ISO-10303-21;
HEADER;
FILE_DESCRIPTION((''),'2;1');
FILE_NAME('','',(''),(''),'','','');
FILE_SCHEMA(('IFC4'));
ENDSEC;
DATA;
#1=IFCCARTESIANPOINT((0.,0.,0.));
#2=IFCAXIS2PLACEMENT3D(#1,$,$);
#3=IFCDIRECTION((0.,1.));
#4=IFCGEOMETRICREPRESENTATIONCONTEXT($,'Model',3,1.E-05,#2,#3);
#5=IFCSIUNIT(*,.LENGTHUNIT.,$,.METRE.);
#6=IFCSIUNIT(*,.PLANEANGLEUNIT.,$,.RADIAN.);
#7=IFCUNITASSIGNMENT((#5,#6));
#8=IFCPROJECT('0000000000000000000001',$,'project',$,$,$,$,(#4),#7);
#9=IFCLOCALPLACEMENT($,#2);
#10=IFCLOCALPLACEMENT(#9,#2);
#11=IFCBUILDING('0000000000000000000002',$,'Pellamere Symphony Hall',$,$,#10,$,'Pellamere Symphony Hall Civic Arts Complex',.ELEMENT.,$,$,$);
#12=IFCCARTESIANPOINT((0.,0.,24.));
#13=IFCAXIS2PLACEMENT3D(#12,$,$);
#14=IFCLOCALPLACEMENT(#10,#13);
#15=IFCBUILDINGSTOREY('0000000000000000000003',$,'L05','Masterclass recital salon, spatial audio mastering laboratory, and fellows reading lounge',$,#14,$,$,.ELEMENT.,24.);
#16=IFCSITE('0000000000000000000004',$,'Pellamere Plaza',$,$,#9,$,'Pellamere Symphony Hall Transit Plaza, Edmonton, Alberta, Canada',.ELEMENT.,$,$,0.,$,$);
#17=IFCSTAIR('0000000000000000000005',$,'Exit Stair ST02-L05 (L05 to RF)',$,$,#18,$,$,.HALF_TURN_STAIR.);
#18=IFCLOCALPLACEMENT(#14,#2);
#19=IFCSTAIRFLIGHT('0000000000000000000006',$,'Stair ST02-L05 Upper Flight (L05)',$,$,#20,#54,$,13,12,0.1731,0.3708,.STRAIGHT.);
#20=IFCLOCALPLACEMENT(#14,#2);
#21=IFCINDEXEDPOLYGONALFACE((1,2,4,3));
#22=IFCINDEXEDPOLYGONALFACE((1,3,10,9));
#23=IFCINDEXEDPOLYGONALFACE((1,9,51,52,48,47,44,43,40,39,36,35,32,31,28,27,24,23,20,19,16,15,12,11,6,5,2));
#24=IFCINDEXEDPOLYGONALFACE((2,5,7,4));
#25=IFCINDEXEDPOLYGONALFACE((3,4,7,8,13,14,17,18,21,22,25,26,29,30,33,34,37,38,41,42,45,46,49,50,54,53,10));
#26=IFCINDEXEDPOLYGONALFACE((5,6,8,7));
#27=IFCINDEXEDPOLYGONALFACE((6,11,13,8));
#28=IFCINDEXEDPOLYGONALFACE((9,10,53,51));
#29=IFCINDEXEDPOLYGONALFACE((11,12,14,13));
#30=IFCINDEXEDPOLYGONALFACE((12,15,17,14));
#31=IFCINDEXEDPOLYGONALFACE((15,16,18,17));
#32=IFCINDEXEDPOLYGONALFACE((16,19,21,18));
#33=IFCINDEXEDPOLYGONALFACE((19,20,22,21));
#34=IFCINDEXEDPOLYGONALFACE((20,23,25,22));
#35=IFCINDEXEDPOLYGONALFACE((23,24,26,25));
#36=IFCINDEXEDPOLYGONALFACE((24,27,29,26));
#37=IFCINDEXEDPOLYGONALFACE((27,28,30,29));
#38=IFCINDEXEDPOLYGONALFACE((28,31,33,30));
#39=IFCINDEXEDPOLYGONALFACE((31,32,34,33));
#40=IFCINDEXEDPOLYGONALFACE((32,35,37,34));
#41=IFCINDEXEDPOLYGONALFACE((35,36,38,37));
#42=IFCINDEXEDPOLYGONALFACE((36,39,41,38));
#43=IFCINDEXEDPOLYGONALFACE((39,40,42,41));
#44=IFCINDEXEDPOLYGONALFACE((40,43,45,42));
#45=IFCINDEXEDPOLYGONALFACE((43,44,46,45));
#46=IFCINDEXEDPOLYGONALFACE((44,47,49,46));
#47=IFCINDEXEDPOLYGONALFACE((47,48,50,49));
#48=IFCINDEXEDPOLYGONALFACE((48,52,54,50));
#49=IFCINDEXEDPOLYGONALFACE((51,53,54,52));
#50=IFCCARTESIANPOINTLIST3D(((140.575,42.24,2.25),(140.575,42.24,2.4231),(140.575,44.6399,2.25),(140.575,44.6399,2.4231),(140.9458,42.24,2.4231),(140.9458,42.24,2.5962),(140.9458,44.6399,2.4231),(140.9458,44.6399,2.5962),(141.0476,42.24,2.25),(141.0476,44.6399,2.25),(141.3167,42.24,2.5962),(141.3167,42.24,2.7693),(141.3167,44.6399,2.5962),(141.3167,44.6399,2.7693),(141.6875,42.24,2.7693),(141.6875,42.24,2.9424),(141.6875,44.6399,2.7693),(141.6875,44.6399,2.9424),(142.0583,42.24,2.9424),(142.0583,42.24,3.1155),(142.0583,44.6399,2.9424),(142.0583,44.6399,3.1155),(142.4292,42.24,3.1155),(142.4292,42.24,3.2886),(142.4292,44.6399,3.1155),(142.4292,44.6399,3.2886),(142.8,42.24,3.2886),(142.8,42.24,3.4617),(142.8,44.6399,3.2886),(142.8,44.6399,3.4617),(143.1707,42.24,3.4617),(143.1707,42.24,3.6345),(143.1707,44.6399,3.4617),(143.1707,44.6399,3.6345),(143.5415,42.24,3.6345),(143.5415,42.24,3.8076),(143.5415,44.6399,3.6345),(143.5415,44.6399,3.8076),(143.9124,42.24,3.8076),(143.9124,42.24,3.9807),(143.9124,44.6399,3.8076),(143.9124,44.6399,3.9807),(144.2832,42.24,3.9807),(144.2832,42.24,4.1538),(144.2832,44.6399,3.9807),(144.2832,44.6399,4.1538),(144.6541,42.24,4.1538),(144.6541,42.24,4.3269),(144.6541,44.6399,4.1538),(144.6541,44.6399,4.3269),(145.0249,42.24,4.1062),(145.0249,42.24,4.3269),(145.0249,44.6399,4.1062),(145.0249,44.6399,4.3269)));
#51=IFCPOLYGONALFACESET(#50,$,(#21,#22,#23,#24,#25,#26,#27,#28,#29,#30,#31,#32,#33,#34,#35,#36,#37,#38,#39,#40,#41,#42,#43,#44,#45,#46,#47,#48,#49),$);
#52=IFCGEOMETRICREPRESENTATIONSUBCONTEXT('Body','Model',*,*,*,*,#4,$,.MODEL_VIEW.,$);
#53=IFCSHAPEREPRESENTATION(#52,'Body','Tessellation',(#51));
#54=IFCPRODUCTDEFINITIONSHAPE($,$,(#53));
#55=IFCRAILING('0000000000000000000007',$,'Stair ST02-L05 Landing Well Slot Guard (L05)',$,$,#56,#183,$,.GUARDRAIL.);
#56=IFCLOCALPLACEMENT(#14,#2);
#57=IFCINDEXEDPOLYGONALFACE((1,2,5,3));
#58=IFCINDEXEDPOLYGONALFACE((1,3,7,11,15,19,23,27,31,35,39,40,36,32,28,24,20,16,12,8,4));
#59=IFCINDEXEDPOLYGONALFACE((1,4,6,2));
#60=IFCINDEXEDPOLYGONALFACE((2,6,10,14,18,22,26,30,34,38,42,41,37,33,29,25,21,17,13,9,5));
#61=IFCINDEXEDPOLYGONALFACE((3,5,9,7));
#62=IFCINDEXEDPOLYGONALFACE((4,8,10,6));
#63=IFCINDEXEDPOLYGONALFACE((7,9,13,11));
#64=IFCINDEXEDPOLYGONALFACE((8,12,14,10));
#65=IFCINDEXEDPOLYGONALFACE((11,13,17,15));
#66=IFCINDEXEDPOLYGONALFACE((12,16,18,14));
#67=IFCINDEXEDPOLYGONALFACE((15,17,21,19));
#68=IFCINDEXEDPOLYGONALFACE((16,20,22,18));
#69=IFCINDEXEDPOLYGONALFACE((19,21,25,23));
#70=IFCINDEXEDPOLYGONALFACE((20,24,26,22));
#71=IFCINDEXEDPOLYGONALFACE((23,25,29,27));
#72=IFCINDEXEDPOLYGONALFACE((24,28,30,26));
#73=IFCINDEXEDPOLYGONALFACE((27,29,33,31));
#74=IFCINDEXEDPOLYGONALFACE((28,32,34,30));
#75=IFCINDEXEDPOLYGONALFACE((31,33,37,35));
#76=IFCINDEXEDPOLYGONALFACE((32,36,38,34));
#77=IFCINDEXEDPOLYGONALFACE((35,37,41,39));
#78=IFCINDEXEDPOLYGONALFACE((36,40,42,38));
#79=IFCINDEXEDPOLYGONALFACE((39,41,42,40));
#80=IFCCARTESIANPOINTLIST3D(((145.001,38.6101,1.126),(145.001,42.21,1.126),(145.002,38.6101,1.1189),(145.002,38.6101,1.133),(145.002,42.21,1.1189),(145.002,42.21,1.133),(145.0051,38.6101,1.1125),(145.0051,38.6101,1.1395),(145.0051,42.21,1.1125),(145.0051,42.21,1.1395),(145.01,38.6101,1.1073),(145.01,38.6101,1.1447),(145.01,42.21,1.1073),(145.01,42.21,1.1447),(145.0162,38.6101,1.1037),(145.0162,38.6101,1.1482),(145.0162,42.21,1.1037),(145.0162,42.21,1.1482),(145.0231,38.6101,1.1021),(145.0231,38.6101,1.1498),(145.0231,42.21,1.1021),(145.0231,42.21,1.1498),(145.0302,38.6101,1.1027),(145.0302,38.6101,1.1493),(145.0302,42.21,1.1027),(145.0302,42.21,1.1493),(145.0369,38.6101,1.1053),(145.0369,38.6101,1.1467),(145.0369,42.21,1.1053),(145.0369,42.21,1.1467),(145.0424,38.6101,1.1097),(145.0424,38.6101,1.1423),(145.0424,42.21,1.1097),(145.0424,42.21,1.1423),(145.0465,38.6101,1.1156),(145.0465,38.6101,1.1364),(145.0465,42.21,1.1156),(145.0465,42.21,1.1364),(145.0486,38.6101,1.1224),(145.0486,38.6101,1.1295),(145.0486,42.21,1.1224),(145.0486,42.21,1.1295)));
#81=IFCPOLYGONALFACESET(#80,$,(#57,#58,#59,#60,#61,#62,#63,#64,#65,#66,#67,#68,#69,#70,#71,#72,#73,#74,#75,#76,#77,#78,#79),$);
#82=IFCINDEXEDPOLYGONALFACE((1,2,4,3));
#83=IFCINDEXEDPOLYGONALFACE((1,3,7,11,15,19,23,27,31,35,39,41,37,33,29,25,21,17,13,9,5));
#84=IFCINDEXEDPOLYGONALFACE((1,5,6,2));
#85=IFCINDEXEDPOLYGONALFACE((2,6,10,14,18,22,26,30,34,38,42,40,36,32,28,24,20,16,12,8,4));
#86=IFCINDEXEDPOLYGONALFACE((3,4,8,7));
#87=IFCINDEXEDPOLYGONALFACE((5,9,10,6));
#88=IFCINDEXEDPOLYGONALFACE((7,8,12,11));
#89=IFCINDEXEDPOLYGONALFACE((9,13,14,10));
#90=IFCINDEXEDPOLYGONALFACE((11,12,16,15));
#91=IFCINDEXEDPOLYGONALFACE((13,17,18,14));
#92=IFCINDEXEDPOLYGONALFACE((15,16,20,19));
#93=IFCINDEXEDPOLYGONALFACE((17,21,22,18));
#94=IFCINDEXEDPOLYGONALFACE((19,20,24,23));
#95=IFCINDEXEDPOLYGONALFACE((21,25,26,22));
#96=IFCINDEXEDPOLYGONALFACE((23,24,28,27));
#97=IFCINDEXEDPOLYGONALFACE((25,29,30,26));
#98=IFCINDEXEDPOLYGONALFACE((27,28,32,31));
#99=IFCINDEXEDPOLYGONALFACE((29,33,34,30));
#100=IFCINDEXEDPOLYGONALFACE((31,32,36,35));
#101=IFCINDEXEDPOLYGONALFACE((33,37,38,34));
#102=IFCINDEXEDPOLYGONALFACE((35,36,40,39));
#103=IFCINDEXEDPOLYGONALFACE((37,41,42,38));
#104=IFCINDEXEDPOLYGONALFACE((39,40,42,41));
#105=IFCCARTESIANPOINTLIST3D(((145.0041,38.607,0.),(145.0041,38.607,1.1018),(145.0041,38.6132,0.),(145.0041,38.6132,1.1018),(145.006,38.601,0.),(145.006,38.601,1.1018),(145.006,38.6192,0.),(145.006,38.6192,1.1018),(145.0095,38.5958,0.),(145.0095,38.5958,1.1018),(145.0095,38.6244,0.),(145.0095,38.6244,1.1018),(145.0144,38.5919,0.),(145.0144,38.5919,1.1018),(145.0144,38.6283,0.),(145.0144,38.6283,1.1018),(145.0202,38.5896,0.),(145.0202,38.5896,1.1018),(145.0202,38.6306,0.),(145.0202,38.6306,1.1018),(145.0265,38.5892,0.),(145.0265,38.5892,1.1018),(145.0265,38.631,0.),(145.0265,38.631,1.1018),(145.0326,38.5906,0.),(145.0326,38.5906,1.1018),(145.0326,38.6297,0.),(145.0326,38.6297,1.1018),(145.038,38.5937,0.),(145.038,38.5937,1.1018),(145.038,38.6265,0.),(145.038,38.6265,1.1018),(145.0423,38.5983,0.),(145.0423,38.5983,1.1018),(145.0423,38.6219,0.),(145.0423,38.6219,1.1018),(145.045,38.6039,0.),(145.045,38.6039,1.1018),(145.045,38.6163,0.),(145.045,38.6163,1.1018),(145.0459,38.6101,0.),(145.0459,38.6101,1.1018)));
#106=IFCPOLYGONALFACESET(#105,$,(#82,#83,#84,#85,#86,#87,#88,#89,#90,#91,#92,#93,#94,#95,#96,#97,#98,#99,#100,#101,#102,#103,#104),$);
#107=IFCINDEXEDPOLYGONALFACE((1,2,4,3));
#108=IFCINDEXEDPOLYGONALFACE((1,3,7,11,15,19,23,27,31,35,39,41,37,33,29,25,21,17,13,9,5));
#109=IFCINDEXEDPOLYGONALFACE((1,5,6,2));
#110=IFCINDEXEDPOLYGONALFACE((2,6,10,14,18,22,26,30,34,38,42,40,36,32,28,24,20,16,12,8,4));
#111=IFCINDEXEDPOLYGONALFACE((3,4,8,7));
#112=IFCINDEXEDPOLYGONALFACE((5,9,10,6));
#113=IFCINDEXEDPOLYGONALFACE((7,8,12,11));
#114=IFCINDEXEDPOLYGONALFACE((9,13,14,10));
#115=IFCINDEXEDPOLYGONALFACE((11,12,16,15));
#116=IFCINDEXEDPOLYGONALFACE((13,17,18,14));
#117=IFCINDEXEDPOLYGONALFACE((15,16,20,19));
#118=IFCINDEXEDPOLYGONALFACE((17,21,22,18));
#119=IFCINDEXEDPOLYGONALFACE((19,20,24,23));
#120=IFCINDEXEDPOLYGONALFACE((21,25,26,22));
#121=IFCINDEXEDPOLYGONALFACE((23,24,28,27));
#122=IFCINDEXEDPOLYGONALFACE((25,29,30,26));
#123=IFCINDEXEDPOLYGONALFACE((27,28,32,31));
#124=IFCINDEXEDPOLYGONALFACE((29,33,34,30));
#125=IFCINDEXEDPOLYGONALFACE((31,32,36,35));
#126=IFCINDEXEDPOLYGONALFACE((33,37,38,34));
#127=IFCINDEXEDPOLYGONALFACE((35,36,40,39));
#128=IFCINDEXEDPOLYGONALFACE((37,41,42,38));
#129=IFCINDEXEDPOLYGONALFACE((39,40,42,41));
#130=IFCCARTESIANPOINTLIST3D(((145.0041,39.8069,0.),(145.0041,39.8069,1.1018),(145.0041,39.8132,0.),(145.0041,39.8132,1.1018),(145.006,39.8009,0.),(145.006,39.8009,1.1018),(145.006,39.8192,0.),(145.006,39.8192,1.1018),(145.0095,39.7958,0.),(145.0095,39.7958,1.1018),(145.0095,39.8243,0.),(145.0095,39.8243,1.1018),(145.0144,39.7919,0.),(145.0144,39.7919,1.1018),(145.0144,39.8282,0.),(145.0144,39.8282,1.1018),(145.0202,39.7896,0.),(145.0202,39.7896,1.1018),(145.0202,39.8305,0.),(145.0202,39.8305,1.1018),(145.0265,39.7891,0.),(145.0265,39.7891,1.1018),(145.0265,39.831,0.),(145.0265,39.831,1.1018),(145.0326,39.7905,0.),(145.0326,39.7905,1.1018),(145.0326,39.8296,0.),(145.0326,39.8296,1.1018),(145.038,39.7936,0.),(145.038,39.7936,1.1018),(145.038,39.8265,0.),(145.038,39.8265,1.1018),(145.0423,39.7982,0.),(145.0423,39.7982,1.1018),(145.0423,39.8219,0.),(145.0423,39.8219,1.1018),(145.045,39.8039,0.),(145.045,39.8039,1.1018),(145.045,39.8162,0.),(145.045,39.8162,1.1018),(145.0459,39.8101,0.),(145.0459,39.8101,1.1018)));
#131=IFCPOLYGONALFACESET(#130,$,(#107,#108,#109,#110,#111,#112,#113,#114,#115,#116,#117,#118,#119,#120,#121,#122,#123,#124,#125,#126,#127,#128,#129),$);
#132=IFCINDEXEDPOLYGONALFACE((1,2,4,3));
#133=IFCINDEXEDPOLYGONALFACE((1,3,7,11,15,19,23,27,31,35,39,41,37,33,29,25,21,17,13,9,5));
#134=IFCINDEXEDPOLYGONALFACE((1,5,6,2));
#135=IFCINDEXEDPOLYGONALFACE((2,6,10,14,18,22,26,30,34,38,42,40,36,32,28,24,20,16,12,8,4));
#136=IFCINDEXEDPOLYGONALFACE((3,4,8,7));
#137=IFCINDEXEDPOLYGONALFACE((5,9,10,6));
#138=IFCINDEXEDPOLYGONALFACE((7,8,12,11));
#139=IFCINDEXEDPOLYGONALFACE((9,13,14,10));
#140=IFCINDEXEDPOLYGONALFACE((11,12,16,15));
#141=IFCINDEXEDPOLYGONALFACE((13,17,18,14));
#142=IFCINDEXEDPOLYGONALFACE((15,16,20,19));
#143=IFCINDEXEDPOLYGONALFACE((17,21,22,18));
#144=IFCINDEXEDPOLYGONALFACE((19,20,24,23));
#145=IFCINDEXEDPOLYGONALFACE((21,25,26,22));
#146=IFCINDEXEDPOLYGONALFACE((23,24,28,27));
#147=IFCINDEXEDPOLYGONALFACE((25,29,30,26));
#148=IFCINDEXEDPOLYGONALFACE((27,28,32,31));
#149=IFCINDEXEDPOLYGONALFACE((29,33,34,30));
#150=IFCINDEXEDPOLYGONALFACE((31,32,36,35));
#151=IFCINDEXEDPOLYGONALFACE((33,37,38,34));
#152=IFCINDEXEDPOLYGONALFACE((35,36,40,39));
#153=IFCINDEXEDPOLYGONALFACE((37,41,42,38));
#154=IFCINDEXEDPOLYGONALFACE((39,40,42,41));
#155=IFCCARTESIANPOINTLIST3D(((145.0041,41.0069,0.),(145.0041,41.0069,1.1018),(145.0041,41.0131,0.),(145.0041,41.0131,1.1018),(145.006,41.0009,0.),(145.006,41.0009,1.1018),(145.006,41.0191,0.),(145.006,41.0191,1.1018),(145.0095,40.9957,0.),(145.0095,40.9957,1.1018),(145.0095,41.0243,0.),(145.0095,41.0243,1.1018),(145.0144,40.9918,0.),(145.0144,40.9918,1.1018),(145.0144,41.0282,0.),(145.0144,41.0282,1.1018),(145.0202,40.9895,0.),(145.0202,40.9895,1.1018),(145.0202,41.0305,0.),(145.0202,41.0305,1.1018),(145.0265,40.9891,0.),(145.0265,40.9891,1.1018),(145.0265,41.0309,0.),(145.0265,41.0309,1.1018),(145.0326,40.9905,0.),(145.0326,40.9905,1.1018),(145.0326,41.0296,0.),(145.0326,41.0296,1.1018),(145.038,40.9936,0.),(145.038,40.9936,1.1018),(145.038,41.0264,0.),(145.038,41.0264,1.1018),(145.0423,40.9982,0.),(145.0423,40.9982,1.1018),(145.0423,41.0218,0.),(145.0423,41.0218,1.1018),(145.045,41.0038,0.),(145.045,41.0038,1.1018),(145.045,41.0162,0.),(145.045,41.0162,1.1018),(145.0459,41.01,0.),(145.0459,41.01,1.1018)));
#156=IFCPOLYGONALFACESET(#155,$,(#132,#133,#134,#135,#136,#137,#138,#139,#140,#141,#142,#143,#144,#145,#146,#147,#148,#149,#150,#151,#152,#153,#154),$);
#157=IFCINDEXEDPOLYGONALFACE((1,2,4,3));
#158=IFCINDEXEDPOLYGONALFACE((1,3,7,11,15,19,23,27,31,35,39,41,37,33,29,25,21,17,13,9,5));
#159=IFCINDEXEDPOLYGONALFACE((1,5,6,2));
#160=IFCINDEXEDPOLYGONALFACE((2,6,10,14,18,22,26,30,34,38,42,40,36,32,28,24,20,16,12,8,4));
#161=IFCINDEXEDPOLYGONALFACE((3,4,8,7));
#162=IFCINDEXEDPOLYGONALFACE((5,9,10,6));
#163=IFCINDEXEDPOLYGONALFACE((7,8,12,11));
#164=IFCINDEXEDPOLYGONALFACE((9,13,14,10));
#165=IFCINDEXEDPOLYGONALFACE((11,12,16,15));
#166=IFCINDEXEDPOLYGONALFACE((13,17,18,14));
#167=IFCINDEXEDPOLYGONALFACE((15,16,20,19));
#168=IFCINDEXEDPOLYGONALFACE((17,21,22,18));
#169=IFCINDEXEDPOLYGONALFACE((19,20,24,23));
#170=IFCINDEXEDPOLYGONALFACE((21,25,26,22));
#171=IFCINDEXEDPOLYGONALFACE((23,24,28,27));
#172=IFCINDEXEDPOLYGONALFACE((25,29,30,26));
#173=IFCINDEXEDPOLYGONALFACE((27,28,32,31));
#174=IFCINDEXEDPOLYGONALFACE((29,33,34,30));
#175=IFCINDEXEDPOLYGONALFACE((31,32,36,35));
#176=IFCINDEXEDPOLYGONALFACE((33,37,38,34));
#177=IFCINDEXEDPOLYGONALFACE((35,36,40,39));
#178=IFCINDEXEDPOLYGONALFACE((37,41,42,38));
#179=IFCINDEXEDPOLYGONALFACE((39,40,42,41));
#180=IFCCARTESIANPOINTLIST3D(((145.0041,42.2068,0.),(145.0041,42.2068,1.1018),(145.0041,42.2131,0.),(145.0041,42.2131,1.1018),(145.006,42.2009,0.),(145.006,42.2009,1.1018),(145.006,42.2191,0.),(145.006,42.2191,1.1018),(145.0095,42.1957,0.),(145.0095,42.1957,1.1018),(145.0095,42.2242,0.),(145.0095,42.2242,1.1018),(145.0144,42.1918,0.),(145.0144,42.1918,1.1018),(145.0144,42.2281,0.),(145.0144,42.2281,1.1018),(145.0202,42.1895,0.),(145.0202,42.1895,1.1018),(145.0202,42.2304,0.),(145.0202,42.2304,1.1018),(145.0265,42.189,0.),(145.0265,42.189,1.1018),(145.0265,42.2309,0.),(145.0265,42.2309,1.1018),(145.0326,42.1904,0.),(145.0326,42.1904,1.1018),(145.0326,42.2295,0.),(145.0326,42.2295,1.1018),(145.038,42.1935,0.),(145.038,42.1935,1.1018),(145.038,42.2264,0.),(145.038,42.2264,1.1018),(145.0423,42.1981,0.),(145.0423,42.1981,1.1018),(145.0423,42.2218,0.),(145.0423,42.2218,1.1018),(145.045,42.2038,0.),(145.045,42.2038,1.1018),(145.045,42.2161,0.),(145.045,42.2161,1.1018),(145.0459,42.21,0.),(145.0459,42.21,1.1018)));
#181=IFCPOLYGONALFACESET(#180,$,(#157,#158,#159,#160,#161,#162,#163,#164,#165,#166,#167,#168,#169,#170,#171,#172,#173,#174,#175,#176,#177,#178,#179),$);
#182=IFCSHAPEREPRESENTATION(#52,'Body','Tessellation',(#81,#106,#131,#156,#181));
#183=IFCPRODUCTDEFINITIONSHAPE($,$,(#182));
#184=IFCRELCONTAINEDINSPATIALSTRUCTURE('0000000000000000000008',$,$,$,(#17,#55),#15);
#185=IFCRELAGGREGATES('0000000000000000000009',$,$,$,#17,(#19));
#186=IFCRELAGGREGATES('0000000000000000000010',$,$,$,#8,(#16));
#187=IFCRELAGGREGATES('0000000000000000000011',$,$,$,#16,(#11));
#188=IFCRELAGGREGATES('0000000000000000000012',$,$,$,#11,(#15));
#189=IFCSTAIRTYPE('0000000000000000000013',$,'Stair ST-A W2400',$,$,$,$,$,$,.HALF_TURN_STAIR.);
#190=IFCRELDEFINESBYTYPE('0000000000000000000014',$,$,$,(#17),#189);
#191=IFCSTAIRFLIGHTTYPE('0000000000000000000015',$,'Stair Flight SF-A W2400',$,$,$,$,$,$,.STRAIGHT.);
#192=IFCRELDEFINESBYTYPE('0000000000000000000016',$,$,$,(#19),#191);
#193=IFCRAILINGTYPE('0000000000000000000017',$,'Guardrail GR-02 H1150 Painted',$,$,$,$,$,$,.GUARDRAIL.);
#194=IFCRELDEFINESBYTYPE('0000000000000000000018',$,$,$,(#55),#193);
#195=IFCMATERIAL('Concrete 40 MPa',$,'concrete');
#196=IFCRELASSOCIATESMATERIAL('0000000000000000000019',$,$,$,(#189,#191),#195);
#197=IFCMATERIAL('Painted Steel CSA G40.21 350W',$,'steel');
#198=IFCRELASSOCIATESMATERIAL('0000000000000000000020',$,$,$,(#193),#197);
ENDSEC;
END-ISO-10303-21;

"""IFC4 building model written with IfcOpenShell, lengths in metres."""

from ifc_helpers import new_model, si_unit, direction, frame, origin, origin_2d, place, context, subcontext, project, spatial, polyline, circle, outline, extrude, material, type_object, element, aggregate, save


model = new_model("IFC4")

# Units and contexts
model_context = context("Model", 3, precision=1e-05, world=origin(), true_north=direction((0.0, 1.0)))
body_context = subcontext(model_context, "Body", "Model", "MODEL_VIEW")
ifc_project = project(units=[si_unit("LENGTHUNIT", "METRE"), si_unit("PLANEANGLEUNIT", "RADIAN")], contexts=[model_context])

# Site, building, storey
site_placement = place(None, origin())
site = spatial("IfcSite", under=ifc_project, at=site_placement, Name="Pellamere Plaza", LongName="Pellamere Symphony Hall Transit Plaza, Edmonton, Alberta, Canada", CompositionType="ELEMENT", RefElevation=0.0)
building_placement = place(site_placement, origin())
building = spatial("IfcBuilding", under=site, at=building_placement, Name="Pellamere Symphony Hall", LongName="Pellamere Symphony Hall Civic Arts Complex", CompositionType="ELEMENT")
storey_placement = place(building_placement, frame((0.0, 0.0, 24.0)))
storey = spatial("IfcBuildingStorey", under=building, at=storey_placement, Name="L05", Description="Masterclass recital salon, spatial audio mastering laboratory, and fellows reading lounge", CompositionType="ELEMENT", Elevation=24.0)

# Shared definitions
ifc_material_1 = material(Name="Concrete 40 MPa", Category="concrete")

# Stair, stair flight
stair_type = type_object("IfcStairType", Name="Stair ST-A W2400", PredefinedType="HALF_TURN_STAIR", material=ifc_material_1)
stair_placement = place(storey_placement, origin())
stair = element("IfcStair", 1, at=stair_placement, inside=storey, type_object=stair_type, Name="Exit Stair ST02-L05 (L05 to RF)", PredefinedType="HALF_TURN_STAIR")
stair_flight_type = type_object("IfcStairFlightType", Name="Stair Flight SF-A W2400", PredefinedType="STRAIGHT", material=ifc_material_1)
stair_flight_1_placement = place(storey_placement, frame((140.575, 43.4399, 2.25), z_axis=(0.0, 0.0, 1.0), x_axis=(1.0, 0.0, 0.0)))
stair_flight_1 = element("IfcStairFlight", 2, at=stair_flight_1_placement, type_object=stair_flight_type, Name="Stair ST02-L05 Upper Flight (L05)", NumberOfRisers=13, NumberOfTreads=12, PredefinedType="STRAIGHT", RiserHeight=0.1731, TreadLength=0.3708, context=body_context, shape_type="SweptSolid", body=[
    extrude(outline(polyline([(0.0, 0.0), (0.0, 0.1731), (0.3708, 0.1731), (0.3708, 0.3462), (0.7417, 0.3462), (0.7417, 0.5193), (1.1125, 0.5193), (1.1125, 0.6924), (1.4834, 0.6924), (1.4834, 0.8655), (1.8542, 0.8655), (1.8542, 1.0386), (2.2251, 1.0386), (2.2251, 1.2117), (2.5957, 1.2117), (2.5957, 1.3845), (2.9666, 1.3845), (2.9666, 1.5576), (3.3374, 1.5576), (3.3374, 1.7307), (3.7083, 1.7307), (3.7083, 1.9038), (4.0791, 1.9038), (4.0791, 2.0769), (4.45, 2.0769), (4.45, 2.25), (4.45, 1.8562), (0.4727, 0.0), (0.0, 0.0)])), frame((0.0, 1.2, 0.0), z_axis=(0.0, -1.0, 0.0), x_axis=(1.0, 0.0, 0.0)), (0.0, 0.0, 1.0), 2.3999),
])
aggregate(stair, [stair_flight_1])

# Railing
ifc_material_2 = material(Name="Painted Steel CSA G40.21 350W", Category="steel")
railing_type_1 = type_object("IfcRailingType", Name="Guardrail GR-02 H1150 Painted", PredefinedType="GUARDRAIL", material=ifc_material_2)
railing_1_placement = place(storey_placement, frame((145.0249, 38.6101, 0.0)))
element("IfcRailing", 3, at=railing_1_placement, inside=storey, type_object=railing_type_1, Name="Stair ST02-L05 Landing Well Slot Guard (L05)", PredefinedType="GUARDRAIL", context=body_context, shape_type="SweptSolid", body=[
    extrude(circle(Radius=0.0239, at=origin_2d()), frame((0.0, 0.0, 1.126), z_axis=(0.0, 1.0, 0.0), x_axis=(-1.0, 0.0, 0.0)), (0.0, 0.0, 1.0), 3.5999),
    extrude(circle(Radius=0.021, at=origin_2d()), origin(), (0.0, 0.0, 1.0), 1.1018),
    extrude(circle(Radius=0.021, at=origin_2d()), frame((0.0, 1.2, 0.0)), (0.0, 0.0, 1.0), 1.1018),
    extrude(circle(Radius=0.021, at=origin_2d()), frame((0.0, 2.3999, 0.0)), (0.0, 0.0, 1.0), 1.1018),
    extrude(circle(Radius=0.021, at=origin_2d()), frame((0.0, 3.5999, 0.0)), (0.0, 0.0, 1.0), 1.1018),
])

save(model, "model.ifc")
